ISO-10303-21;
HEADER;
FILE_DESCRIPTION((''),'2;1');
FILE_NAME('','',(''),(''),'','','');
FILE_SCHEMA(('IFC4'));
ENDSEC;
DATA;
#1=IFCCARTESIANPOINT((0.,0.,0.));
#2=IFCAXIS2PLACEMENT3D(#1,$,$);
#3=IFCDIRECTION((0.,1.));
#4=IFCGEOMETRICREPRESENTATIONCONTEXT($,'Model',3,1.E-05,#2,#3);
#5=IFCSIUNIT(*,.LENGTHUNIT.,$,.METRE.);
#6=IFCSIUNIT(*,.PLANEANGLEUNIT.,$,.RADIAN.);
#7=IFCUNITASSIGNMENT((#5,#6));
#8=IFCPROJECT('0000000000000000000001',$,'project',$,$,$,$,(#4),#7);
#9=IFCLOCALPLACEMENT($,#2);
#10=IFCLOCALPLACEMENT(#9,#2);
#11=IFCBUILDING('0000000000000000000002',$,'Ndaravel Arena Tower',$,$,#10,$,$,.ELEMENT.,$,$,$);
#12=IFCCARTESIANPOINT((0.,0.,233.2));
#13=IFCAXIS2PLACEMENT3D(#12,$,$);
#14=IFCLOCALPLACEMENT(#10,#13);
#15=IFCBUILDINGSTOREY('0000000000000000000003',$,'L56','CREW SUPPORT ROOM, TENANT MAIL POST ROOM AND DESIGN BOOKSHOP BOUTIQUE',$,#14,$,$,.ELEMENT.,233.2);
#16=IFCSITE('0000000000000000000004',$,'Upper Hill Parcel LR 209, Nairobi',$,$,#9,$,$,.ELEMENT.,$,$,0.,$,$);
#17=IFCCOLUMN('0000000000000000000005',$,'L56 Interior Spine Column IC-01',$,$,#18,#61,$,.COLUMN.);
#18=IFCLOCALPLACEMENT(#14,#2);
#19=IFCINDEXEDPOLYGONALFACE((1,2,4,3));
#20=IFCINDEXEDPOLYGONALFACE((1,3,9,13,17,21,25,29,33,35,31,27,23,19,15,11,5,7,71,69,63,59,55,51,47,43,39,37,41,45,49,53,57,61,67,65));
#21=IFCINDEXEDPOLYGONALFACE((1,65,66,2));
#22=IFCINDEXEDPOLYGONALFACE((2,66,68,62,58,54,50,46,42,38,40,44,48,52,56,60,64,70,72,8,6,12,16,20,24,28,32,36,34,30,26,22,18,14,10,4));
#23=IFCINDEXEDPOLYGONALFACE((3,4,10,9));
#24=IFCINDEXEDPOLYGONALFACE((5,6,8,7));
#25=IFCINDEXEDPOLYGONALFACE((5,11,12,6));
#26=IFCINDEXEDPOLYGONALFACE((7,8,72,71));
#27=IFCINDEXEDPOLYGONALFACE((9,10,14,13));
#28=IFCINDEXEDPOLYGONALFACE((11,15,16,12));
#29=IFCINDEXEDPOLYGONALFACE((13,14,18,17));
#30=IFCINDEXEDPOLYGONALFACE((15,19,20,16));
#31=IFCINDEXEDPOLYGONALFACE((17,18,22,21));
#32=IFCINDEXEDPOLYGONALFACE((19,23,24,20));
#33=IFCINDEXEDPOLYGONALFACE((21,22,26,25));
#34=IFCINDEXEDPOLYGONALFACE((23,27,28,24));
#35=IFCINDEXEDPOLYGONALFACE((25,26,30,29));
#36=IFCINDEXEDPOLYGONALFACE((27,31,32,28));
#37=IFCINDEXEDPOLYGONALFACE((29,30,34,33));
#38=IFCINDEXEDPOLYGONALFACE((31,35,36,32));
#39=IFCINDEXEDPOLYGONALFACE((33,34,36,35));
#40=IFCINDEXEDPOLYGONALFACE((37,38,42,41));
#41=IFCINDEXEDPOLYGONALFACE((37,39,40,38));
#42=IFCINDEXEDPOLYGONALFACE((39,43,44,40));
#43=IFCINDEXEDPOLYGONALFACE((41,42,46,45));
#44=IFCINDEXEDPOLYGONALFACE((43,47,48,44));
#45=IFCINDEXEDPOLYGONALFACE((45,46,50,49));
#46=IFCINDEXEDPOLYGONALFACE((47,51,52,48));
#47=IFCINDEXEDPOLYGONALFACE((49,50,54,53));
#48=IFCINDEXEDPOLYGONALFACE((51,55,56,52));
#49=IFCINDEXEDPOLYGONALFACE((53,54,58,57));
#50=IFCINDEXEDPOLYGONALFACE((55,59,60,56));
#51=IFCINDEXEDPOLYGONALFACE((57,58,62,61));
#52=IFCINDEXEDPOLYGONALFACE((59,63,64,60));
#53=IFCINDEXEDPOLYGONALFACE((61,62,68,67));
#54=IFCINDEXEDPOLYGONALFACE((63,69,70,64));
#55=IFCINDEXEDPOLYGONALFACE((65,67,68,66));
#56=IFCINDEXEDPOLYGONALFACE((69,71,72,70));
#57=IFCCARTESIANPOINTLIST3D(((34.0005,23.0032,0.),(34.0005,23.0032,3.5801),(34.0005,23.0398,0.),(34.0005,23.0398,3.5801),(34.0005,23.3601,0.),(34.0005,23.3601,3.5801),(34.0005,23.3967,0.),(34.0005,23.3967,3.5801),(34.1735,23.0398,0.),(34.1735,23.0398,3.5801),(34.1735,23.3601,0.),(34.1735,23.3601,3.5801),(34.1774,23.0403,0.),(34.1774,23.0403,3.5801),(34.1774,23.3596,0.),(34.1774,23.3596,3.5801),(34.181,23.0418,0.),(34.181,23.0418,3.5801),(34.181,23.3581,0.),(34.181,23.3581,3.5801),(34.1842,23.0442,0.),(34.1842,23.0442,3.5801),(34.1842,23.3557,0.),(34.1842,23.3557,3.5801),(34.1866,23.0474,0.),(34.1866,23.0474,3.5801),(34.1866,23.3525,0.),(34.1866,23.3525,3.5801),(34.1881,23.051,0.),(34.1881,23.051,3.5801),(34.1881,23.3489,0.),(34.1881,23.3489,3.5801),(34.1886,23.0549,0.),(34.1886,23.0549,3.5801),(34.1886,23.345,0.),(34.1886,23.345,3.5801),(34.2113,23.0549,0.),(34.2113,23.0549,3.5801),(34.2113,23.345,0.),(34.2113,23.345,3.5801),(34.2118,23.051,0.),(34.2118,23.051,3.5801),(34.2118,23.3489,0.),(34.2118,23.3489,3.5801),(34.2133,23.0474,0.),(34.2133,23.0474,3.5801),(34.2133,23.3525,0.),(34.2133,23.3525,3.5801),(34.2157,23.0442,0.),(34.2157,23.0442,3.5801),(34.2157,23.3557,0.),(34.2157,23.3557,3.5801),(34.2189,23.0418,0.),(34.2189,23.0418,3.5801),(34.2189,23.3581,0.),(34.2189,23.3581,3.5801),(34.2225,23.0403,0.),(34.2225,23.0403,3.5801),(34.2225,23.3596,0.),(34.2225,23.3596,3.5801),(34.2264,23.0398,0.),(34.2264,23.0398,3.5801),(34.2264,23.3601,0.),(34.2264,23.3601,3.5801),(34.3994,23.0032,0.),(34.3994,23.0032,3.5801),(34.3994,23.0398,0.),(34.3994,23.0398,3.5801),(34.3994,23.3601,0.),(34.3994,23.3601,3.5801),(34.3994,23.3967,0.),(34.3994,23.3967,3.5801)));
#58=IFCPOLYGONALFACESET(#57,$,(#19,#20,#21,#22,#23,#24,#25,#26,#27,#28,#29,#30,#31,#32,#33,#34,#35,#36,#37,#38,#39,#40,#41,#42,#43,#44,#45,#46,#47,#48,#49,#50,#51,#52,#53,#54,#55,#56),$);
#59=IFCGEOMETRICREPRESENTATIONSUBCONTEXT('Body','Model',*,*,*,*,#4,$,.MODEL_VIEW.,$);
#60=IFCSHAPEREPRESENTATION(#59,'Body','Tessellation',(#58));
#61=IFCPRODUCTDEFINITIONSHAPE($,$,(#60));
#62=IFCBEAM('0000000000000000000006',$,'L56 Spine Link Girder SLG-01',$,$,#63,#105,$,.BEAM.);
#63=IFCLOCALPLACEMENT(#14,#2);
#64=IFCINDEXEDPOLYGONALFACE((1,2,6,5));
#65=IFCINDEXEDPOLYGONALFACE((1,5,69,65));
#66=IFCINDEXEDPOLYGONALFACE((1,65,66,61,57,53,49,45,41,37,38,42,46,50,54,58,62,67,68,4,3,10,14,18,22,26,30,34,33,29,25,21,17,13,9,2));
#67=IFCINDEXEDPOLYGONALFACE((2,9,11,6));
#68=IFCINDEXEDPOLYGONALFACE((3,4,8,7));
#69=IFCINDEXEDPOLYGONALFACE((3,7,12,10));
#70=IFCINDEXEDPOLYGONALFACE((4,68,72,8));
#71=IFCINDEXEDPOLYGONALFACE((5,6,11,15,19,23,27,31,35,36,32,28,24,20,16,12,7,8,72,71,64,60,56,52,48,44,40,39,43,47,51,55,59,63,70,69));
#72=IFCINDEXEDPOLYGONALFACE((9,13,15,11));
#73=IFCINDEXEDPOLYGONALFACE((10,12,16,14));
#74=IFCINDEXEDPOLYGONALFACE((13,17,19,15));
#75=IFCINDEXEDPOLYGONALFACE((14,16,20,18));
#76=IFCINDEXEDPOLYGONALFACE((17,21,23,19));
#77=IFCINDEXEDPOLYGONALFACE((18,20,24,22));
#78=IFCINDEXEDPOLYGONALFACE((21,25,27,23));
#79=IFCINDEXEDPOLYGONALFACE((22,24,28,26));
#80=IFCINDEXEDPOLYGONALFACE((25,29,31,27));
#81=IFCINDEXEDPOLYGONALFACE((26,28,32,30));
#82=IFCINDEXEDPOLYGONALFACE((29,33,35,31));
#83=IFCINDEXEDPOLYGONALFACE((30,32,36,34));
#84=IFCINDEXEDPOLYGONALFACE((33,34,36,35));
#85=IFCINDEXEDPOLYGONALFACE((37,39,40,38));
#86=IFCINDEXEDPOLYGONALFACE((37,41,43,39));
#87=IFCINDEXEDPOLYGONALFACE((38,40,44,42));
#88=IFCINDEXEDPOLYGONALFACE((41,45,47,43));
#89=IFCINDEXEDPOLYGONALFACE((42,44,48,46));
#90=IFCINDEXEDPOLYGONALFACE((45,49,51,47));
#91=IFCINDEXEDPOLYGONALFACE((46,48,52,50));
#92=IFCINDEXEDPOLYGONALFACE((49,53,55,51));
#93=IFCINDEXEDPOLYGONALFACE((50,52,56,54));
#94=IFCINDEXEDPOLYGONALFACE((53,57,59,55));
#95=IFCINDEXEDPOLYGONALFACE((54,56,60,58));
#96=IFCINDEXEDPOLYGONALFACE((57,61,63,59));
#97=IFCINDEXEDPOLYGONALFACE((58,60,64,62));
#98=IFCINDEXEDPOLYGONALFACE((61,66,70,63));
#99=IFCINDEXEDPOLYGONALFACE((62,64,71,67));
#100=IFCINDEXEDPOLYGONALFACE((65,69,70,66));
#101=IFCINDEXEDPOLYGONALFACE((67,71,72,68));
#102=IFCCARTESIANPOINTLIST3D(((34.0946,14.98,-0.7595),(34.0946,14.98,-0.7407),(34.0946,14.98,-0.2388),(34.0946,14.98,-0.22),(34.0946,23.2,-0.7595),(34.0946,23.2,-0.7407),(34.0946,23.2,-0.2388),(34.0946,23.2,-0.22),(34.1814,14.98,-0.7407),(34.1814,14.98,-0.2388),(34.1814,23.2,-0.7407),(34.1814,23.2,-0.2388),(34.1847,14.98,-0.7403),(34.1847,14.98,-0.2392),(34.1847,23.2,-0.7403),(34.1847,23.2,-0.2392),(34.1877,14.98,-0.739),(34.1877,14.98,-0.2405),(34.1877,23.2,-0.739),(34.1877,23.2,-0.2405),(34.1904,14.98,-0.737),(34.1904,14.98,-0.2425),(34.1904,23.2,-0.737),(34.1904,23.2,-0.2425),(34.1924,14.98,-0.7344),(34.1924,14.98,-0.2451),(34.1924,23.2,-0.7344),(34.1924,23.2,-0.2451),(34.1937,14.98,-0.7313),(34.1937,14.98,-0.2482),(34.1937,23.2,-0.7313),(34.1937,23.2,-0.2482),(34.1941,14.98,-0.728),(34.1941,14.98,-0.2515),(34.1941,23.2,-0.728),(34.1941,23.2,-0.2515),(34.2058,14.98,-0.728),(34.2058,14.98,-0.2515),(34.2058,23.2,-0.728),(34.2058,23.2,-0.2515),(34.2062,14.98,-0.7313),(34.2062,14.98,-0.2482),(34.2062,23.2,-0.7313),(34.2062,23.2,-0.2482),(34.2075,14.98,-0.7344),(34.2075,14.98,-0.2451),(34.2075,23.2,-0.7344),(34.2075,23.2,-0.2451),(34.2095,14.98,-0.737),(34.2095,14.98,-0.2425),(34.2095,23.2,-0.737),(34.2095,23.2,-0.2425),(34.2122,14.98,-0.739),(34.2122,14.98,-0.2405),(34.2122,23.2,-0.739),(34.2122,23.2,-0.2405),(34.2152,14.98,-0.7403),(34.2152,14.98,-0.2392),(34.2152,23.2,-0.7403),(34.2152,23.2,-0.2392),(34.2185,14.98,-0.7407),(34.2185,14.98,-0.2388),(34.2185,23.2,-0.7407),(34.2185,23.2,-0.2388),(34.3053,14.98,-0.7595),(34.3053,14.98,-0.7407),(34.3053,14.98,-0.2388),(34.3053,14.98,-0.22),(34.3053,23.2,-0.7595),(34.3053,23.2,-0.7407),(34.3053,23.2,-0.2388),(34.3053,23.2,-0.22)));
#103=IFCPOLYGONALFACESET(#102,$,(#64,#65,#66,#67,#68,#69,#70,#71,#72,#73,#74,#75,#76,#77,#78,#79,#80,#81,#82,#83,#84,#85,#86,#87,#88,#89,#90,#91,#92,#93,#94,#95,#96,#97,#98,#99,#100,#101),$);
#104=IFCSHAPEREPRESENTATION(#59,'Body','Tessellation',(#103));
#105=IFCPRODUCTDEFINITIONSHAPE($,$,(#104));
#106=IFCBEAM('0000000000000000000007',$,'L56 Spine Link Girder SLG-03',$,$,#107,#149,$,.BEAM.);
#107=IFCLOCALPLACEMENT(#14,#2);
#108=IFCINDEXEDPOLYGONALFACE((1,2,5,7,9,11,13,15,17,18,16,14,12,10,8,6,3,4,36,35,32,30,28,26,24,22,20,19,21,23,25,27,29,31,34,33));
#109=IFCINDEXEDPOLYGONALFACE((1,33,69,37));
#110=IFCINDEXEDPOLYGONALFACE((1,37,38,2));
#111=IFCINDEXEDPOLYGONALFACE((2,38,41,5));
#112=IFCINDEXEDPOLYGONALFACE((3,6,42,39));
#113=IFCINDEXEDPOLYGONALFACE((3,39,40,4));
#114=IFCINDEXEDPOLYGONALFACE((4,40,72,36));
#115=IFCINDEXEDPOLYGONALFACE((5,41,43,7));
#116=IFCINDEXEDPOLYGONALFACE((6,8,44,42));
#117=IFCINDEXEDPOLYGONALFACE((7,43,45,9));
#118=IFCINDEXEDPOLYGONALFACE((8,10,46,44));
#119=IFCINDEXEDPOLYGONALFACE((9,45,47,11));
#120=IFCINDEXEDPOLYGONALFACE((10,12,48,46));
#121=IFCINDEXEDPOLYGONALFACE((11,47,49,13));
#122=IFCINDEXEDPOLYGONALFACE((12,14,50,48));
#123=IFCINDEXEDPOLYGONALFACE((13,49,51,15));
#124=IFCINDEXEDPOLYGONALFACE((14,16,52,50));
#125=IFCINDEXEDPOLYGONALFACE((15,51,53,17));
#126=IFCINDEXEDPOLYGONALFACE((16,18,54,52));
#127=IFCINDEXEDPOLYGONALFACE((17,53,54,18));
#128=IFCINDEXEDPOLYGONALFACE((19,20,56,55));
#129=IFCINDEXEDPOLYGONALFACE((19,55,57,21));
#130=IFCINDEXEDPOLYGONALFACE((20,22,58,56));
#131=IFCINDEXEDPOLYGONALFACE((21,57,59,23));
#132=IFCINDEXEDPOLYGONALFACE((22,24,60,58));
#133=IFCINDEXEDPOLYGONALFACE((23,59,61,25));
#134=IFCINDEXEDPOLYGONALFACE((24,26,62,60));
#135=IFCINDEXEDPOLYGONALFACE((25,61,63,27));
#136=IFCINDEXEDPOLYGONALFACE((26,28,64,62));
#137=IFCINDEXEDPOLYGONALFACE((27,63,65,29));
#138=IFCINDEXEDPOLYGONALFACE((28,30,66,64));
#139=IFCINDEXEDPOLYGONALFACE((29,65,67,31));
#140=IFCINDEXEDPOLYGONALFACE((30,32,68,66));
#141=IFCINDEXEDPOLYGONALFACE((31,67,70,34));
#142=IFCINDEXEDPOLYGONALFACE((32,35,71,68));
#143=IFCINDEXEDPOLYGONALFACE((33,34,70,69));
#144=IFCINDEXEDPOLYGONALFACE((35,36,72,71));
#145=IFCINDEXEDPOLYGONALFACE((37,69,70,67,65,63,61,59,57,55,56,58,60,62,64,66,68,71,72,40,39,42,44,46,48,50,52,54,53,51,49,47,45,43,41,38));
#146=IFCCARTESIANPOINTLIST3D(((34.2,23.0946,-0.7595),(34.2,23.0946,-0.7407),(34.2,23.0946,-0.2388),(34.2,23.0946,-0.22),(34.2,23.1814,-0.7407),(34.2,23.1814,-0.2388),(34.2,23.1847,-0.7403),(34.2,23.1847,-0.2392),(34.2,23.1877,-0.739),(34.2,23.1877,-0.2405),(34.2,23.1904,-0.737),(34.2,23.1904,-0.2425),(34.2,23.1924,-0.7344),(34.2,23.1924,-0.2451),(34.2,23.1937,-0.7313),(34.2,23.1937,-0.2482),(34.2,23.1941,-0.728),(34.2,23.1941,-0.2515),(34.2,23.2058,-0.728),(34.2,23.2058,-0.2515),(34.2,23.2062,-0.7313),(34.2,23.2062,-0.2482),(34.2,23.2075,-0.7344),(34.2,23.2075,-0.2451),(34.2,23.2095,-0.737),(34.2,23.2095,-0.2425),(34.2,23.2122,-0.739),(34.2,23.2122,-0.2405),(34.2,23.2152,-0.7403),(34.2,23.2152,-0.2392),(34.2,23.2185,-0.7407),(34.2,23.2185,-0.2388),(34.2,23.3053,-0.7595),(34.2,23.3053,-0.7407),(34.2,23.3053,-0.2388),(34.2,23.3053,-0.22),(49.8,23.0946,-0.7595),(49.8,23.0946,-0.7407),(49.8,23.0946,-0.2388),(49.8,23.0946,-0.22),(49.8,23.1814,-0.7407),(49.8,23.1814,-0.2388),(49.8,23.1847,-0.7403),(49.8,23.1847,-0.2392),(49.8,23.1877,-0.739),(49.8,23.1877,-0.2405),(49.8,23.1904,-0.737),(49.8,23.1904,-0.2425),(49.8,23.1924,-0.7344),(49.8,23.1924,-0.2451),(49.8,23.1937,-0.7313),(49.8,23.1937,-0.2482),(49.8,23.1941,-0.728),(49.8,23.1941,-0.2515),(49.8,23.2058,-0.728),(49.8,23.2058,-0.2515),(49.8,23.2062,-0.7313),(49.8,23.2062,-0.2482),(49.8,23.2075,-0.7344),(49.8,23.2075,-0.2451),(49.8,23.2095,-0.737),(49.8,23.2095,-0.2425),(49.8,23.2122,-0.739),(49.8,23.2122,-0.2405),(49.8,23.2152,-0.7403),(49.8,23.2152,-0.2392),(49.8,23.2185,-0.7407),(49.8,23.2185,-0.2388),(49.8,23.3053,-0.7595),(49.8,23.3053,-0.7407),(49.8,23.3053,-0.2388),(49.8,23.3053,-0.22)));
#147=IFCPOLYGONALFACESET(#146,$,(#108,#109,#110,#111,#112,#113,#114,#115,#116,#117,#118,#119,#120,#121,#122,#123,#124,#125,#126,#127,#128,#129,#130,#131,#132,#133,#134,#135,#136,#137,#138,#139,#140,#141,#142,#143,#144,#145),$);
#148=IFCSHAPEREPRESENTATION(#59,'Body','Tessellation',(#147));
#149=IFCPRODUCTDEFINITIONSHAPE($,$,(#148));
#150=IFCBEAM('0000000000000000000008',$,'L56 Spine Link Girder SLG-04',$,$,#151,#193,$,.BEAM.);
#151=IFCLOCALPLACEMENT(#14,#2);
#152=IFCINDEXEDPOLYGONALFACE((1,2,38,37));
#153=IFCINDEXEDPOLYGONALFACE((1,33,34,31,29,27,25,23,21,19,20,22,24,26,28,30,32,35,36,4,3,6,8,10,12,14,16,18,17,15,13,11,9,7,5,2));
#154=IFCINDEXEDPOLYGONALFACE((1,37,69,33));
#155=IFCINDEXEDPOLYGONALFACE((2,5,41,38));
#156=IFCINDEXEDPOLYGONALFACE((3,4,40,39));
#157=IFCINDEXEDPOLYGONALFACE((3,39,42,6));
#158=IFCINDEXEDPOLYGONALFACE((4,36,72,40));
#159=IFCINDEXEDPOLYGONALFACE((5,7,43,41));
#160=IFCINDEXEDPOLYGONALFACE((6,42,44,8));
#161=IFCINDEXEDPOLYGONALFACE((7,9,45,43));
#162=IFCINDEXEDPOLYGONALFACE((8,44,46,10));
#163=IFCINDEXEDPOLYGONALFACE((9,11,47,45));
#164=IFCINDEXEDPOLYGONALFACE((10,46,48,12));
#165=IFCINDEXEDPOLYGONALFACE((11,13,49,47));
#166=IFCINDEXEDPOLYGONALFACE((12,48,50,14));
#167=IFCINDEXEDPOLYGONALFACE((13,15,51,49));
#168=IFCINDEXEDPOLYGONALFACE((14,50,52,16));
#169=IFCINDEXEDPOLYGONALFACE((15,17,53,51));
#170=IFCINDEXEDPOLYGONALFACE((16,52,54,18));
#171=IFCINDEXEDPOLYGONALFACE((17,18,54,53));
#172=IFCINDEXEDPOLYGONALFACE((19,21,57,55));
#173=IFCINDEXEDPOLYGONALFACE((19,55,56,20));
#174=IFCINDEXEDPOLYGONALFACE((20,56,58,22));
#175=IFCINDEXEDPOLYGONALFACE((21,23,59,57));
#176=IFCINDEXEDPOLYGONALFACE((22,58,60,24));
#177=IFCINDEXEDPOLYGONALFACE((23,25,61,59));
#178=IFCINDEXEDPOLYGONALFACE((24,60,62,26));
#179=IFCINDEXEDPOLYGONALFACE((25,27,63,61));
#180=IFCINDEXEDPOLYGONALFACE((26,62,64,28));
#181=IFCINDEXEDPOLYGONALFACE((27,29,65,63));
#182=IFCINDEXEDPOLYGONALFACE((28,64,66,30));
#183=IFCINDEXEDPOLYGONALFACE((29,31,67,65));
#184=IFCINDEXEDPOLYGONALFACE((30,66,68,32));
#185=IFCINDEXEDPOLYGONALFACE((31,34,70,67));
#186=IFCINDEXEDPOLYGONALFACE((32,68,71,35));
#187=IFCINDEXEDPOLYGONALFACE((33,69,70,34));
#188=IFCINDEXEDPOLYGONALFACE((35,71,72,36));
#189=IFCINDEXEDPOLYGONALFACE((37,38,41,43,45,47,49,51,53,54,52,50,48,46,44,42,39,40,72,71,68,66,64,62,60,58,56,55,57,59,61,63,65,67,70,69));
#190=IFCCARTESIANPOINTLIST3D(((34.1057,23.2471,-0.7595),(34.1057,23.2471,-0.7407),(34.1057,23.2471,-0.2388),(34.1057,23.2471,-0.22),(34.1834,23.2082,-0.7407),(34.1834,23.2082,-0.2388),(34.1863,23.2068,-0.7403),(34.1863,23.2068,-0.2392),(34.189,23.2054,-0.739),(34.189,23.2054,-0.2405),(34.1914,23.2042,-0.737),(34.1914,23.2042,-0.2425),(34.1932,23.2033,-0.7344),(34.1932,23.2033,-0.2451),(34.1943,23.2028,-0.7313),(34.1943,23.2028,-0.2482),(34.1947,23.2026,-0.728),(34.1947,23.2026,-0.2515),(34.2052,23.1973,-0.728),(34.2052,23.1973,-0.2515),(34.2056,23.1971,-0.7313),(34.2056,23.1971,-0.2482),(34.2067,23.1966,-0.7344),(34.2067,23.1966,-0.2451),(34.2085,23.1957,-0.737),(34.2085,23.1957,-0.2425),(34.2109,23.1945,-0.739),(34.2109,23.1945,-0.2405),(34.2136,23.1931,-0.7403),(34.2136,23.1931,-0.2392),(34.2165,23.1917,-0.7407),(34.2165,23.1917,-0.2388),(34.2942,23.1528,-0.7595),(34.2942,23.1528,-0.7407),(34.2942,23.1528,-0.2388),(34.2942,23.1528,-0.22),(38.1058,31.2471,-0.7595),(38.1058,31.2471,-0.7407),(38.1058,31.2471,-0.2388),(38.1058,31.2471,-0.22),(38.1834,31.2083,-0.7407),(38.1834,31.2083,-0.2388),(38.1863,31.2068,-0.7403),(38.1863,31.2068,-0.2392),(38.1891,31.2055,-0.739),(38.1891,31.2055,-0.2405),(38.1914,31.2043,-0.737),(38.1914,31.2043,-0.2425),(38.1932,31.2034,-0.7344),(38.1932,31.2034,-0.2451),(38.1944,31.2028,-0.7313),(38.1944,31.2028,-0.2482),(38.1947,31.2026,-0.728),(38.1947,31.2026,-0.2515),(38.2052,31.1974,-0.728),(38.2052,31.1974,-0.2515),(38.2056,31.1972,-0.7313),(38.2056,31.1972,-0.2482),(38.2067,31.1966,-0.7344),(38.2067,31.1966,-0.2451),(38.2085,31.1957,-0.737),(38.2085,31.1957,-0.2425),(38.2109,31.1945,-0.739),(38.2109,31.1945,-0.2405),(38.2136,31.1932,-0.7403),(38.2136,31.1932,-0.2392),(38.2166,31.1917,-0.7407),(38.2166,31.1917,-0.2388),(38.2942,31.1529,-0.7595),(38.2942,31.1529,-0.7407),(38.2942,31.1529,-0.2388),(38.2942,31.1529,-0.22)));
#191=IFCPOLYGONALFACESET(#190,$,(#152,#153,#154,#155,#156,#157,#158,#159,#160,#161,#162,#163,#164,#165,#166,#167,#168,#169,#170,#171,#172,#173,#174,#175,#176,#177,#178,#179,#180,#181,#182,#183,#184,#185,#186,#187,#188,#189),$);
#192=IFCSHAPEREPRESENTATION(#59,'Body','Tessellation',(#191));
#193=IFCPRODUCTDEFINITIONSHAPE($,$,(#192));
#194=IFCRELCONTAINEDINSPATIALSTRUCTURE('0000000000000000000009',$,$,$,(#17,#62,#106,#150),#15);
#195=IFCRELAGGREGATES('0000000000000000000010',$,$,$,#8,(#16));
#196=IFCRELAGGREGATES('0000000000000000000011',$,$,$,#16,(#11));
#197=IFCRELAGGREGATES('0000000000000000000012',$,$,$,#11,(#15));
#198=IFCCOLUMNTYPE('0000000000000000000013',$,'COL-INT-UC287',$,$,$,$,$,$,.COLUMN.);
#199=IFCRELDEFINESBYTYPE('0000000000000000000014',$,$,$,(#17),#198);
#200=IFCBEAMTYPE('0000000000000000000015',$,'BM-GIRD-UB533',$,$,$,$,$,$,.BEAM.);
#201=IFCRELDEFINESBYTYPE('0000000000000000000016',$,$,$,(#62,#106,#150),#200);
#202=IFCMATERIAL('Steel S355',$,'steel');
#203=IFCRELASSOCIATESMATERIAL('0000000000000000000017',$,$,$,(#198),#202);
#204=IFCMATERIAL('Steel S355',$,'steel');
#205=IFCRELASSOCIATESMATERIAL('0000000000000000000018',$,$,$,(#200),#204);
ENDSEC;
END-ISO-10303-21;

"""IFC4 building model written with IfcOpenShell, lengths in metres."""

from ifc_helpers import new_model, si_unit, direction, frame, origin, origin_2d, place, context, subcontext, project, spatial, i_section, extrude, material, material_profile, profile_set, type_object, element, save


model = new_model("IFC4")

# Units and contexts
model_context = context("Model", 3, precision=1e-05, world=origin(), true_north=direction((0.0, 1.0)))
body_context = subcontext(model_context, "Body", "Model", "MODEL_VIEW")
ifc_project = project(units=[si_unit("LENGTHUNIT", "METRE"), si_unit("PLANEANGLEUNIT", "RADIAN")], contexts=[model_context])

# Site, building, storey
site_placement = place(None, origin())
site = spatial("IfcSite", under=ifc_project, at=site_placement, Name="Upper Hill Parcel LR 209, Nairobi", CompositionType="ELEMENT", RefElevation=0.0)
building_placement = place(site_placement, origin())
building = spatial("IfcBuilding", under=site, at=building_placement, Name="Ndaravel Arena Tower", CompositionType="ELEMENT")
storey_placement = place(building_placement, frame((0.0, 0.0, 233.2)))
storey = spatial("IfcBuildingStorey", under=building, at=storey_placement, Name="L56", Description="CREW SUPPORT ROOM, TENANT MAIL POST ROOM AND DESIGN BOOKSHOP BOUTIQUE", CompositionType="ELEMENT", Elevation=233.2)

# Column
ifc_material_1 = material(Name="Steel S355", Category="steel")
ifc_material_profile_1 = material_profile(ifc_material_1, i_section(OverallWidth=0.3989, OverallDepth=0.3936, WebThickness=0.0227, FlangeThickness=0.0366, FilletRadius=0.0151, at=origin_2d()), Name="UC 356x406x287")
ifc_profile_set_1 = profile_set([ifc_material_profile_1], Name="Steel S355")
column_type = type_object("IfcColumnType", Name="COL-INT-UC287", PredefinedType="COLUMN", material=ifc_profile_set_1)
column_placement = place(storey_placement, frame((34.2, 23.2, 0.0), z_axis=(0.0, 0.0, 1.0), x_axis=(1.0, 0.0, 0.0)))
element("IfcColumn", 1, at=column_placement, inside=storey, type_object=column_type, Name="L56 Interior Spine Column IC-01", PredefinedType="COLUMN", context=body_context, shape_type="SweptSolid", body=[
    extrude(i_section(OverallWidth=0.3989, OverallDepth=0.3936, WebThickness=0.0227, FlangeThickness=0.0366, FilletRadius=0.0151, at=origin_2d()), origin(), (0.0, 0.0, 1.0), 3.5801),
])

# Beams
ifc_material_2 = material(Name="Steel S355", Category="steel")
ifc_material_profile_2 = material_profile(ifc_material_2, i_section(OverallWidth=0.2107, OverallDepth=0.5396, WebThickness=0.0117, FlangeThickness=0.0188, FilletRadius=0.0127, at=origin_2d()), Name="UB 533x210x109")
ifc_profile_set_2 = profile_set([ifc_material_profile_2], Name="Steel S355")
beam_type = type_object("IfcBeamType", Name="BM-GIRD-UB533", PredefinedType="BEAM", material=ifc_profile_set_2)
beam_1_placement = place(storey_placement, frame((34.2, 14.98, -0.4897), z_axis=(0.0, 1.0, 0.0), x_axis=(-1.0, 0.0, 0.0)))
element("IfcBeam", 2, at=beam_1_placement, inside=storey, type_object=beam_type, Name="L56 Spine Link Girder SLG-01", PredefinedType="BEAM", context=body_context, shape_type="SweptSolid", body=[
    extrude(i_section(OverallWidth=0.2107, OverallDepth=0.5396, WebThickness=0.0117, FlangeThickness=0.0188, FilletRadius=0.0127, at=origin_2d()), origin(), (0.0, 0.0, 1.0), 8.22),
])
beam_2_placement = place(storey_placement, frame((34.2, 23.2, -0.4897), z_axis=(1.0, 0.0, 0.0), x_axis=(0.0, 1.0, 0.0)))
element("IfcBeam", 3, at=beam_2_placement, inside=storey, type_object=beam_type, Name="L56 Spine Link Girder SLG-03", PredefinedType="BEAM", context=body_context, shape_type="SweptSolid", body=[
    extrude(i_section(OverallWidth=0.2107, OverallDepth=0.5396, WebThickness=0.0117, FlangeThickness=0.0188, FilletRadius=0.0127, at=origin_2d()), origin(), (0.0, 0.0, 1.0), 15.6001),
])
beam_3_placement = place(storey_placement, frame((34.2, 23.2, -0.4897), z_axis=(0.447214, 0.894427, 0.0), x_axis=(-0.894427, 0.447214, 0.0)))
element("IfcBeam", 4, at=beam_3_placement, inside=storey, type_object=beam_type, Name="L56 Spine Link Girder SLG-04", PredefinedType="BEAM", context=body_context, shape_type="SweptSolid", body=[
    extrude(i_section(OverallWidth=0.2107, OverallDepth=0.5396, WebThickness=0.0117, FlangeThickness=0.0188, FilletRadius=0.0127, at=origin_2d()), origin(), (0.0, 0.0, 1.0), 8.9443),
])

save(model, "model.ifc")
